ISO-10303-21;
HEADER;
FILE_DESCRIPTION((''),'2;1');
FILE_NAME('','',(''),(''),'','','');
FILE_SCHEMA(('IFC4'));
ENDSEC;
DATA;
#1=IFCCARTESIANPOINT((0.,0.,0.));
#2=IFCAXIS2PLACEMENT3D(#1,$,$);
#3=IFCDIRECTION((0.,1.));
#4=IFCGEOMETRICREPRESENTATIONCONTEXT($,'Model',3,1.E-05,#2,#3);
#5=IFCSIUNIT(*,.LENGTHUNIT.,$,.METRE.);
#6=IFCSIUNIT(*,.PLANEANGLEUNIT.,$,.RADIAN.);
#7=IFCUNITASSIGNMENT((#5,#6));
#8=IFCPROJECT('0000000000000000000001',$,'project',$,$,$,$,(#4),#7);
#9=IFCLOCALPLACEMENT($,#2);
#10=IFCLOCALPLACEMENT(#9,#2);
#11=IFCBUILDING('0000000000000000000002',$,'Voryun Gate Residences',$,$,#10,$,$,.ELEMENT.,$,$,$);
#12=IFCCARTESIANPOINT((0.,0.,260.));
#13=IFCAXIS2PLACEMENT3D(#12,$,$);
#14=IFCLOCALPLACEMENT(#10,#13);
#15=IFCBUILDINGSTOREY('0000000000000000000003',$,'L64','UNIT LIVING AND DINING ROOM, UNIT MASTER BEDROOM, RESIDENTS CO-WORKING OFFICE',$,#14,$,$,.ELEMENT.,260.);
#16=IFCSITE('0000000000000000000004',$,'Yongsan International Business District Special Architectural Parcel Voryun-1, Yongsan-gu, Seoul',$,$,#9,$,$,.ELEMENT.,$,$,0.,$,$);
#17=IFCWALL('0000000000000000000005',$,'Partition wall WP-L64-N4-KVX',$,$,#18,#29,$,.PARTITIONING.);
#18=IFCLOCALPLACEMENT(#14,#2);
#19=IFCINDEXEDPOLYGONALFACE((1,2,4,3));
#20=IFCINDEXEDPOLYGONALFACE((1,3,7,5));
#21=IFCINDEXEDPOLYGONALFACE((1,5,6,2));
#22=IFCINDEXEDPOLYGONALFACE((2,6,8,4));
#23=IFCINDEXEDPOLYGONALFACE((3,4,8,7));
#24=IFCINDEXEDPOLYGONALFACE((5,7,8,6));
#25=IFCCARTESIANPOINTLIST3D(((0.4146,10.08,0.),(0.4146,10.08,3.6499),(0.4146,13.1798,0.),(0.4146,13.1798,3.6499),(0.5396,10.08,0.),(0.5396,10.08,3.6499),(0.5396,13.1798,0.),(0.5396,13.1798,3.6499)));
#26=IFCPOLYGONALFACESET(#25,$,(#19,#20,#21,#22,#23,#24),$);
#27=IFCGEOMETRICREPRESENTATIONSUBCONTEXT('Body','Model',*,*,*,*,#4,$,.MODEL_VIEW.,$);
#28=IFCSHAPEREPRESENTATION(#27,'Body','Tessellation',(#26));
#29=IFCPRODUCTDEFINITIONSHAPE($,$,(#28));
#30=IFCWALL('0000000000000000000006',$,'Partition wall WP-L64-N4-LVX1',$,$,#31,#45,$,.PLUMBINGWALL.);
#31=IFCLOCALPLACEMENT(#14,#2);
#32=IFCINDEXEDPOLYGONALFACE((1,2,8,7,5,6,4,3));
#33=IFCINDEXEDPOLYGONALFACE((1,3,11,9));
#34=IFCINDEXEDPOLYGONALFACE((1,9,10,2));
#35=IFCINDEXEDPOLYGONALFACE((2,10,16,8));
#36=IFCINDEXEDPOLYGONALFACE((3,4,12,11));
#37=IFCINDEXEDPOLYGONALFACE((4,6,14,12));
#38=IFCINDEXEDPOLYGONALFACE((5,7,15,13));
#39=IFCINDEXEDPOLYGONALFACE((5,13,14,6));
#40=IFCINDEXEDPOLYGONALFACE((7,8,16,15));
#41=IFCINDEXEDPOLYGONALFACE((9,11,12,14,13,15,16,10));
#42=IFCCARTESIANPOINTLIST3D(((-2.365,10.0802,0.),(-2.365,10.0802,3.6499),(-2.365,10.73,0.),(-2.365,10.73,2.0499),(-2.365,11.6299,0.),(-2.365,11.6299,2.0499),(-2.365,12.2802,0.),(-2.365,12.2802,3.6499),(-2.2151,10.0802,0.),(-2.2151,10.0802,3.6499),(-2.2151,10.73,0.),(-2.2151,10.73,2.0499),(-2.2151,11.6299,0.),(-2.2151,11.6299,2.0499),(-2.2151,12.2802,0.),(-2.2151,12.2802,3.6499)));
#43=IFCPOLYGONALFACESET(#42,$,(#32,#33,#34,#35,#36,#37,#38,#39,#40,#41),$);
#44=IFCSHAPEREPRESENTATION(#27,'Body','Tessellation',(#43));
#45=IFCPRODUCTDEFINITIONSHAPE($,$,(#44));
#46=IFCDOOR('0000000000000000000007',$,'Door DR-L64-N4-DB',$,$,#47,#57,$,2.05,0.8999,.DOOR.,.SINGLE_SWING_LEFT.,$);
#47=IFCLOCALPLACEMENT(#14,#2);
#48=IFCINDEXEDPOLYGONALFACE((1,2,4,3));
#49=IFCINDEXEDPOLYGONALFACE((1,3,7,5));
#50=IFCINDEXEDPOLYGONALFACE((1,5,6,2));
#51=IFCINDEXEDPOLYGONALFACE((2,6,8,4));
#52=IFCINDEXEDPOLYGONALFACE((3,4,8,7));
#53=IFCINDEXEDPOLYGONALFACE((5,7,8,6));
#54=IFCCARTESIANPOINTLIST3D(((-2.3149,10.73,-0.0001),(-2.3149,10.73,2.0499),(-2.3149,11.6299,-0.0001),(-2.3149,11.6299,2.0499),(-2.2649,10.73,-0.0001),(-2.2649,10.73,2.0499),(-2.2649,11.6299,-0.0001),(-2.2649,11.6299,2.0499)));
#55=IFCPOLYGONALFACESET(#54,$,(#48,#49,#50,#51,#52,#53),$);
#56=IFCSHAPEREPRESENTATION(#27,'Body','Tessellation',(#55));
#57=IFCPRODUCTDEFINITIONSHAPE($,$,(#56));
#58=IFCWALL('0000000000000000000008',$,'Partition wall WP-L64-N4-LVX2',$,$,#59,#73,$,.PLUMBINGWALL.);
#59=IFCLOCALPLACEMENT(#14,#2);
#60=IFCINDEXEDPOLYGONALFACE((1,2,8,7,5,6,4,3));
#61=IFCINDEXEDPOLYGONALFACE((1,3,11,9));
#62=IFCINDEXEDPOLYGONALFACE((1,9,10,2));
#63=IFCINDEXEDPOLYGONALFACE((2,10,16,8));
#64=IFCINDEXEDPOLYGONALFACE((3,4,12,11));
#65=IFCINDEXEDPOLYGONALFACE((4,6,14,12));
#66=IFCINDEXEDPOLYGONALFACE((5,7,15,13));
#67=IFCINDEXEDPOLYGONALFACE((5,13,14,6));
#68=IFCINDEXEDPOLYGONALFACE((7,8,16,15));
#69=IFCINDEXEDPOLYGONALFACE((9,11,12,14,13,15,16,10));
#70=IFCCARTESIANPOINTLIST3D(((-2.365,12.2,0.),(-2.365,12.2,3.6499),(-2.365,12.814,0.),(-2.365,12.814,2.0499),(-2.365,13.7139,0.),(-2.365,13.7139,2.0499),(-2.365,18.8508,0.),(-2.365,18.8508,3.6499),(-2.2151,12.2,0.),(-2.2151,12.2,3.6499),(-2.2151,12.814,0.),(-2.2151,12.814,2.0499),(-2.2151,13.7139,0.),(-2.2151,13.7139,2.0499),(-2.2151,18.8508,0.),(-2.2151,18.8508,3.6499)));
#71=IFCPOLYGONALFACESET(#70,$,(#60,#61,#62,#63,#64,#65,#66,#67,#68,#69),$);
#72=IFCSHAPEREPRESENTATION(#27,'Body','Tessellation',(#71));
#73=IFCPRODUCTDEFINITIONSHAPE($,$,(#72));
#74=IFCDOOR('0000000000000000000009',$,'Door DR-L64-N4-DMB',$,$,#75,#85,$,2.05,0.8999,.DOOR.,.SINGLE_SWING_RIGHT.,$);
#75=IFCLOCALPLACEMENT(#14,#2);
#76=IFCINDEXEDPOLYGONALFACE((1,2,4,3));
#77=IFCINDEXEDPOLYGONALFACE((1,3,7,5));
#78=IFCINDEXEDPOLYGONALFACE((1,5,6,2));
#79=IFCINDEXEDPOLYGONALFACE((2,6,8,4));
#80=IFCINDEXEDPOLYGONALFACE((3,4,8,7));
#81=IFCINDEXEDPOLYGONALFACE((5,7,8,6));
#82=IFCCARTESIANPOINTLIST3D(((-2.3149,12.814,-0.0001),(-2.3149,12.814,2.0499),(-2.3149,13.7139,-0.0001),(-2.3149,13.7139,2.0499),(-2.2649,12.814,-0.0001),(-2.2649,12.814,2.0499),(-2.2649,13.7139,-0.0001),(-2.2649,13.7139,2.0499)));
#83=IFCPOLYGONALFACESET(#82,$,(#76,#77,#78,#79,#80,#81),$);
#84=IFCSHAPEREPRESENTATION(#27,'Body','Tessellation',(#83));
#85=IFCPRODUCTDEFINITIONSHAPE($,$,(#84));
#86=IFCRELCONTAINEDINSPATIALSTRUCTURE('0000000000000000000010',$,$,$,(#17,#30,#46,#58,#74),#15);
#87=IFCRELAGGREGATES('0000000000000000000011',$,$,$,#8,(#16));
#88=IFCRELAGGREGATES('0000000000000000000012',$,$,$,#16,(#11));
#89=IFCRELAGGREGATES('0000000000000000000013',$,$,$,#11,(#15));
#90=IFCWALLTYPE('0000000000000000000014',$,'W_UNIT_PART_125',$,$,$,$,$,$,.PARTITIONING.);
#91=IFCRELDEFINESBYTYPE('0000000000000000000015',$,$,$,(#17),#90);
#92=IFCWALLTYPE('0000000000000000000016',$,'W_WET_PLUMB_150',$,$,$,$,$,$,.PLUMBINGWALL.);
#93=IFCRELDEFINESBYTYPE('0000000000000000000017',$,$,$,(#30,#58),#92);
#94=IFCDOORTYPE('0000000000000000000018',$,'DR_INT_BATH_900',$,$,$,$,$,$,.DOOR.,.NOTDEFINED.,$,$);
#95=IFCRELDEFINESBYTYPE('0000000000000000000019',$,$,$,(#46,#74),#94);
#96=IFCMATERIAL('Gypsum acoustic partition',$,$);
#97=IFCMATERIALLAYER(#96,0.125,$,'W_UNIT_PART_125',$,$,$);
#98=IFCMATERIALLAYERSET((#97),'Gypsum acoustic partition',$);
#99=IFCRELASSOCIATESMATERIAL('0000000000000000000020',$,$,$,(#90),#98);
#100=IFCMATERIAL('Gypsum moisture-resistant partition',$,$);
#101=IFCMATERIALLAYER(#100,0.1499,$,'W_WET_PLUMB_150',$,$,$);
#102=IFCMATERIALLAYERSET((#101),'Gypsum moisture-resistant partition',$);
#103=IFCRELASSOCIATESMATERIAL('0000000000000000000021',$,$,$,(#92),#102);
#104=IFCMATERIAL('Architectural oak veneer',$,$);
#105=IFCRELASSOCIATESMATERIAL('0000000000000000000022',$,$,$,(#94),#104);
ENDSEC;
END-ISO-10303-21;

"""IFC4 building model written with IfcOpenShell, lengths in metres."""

from ifc_helpers import new_model, si_unit, direction, frame, frame_2d, origin, place, context, subcontext, project, spatial, rectangle, extrude, material, layer, layer_set, type_object, element, fill, save


model = new_model("IFC4")

# Units and contexts
model_context = context("Model", 3, precision=1e-05, world=origin(), true_north=direction((0.0, 1.0)))
body_context = subcontext(model_context, "Body", "Model", "MODEL_VIEW")
ifc_project = project(units=[si_unit("LENGTHUNIT", "METRE"), si_unit("PLANEANGLEUNIT", "RADIAN")], contexts=[model_context])

# Site, building, storey
site_placement = place(None, origin())
site = spatial("IfcSite", under=ifc_project, at=site_placement, Name="Yongsan International Business District Special Architectural Parcel Voryun-1, Yongsan-gu, Seoul", CompositionType="ELEMENT", RefElevation=0.0)
building_placement = place(site_placement, origin())
building = spatial("IfcBuilding", under=site, at=building_placement, Name="Voryun Gate Residences", CompositionType="ELEMENT")
storey_placement = place(building_placement, frame((0.0, 0.0, 260.0)))
storey = spatial("IfcBuildingStorey", under=building, at=storey_placement, Name="L64", Description="UNIT LIVING AND DINING ROOM, UNIT MASTER BEDROOM, RESIDENTS CO-WORKING OFFICE", CompositionType="ELEMENT", Elevation=260.0)

# Shared definitions
ifc_material_1 = material(Name="Gypsum acoustic partition")
ifc_layer_1 = layer(ifc_material_1, 0.125, Name="W_UNIT_PART_125")
ifc_layer_set_1 = layer_set([ifc_layer_1], Name="Gypsum acoustic partition")
wall_type_1 = type_object("IfcWallType", Name="W_UNIT_PART_125", PredefinedType="PARTITIONING", material=ifc_layer_set_1)

# Wall
wall_1_placement = place(storey_placement, frame((0.4771, 10.0801, 0.0), z_axis=(0.0, 0.0, 1.0), x_axis=(0.0, 1.0, 0.0)))
element("IfcWall", 1, at=wall_1_placement, inside=storey, type_object=wall_type_1, Name="Partition wall WP-L64-N4-KVX", PredefinedType="PARTITIONING", context=body_context, shape_type="SweptSolid", body=[
    extrude(rectangle(XDim=3.0999, YDim=0.125, at=frame_2d((1.5498, 0.0))), origin(), (0.0, 0.0, 1.0), 3.6499),
])

# Walls, openings, doors
ifc_material_2 = material(Name="Gypsum moisture-resistant partition")
ifc_layer_2 = layer(ifc_material_2, 0.1499, Name="W_WET_PLUMB_150")
ifc_layer_set_2 = layer_set([ifc_layer_2], Name="Gypsum moisture-resistant partition")
wall_type_2 = type_object("IfcWallType", Name="W_WET_PLUMB_150", PredefinedType="PLUMBINGWALL", material=ifc_layer_set_2)
wall_2_placement = place(storey_placement, frame((-2.29, 10.0801, 0.0), z_axis=(0.0, 0.0, 1.0), x_axis=(0.0, 1.0, 0.0)))
wall_2 = element("IfcWall", 2, at=wall_2_placement, inside=storey, type_object=wall_type_2, Name="Partition wall WP-L64-N4-LVX1", PredefinedType="PLUMBINGWALL", context=body_context, shape_type="SweptSolid", body=[
    extrude(rectangle(XDim=2.2, YDim=0.1499, at=frame_2d((1.1001, 0.0))), origin(), (0.0, 0.0, 1.0), 3.6499),
])
opening_1_placement = place(wall_2_placement, frame((0.6499, 0.0, 0.0)))
opening_1 = element("IfcOpeningElement", 3, at=opening_1_placement, cuts=wall_2, PredefinedType="OPENING", context=body_context, shape_type="SweptSolid", body=[
    extrude(rectangle(XDim=0.8999, YDim=2.05, at=frame_2d((0.45, 1.0249))), frame((0.0, 0.085, 0.0), z_axis=(0.0, -1.0, 0.0), x_axis=(1.0, 0.0, 0.0)), (0.0, 0.0, 1.0), 0.1699),
])
ifc_material_3 = material(Name="Architectural oak veneer")
door_type_1 = type_object("IfcDoorType", Name="DR_INT_BATH_900", OperationType="NOTDEFINED", PredefinedType="DOOR", material=ifc_material_3)
door_1_placement = place(opening_1_placement, origin())
door_1 = element("IfcDoor", 4, at=door_1_placement, inside=storey, type_object=door_type_1, Name="Door DR-L64-N4-DB", OperationType="SINGLE_SWING_LEFT", OverallHeight=2.05, OverallWidth=0.8999, PredefinedType="DOOR", context=body_context, shape_type="SweptSolid", body=[
    extrude(rectangle(XDim=0.8999, YDim=2.05, at=frame_2d((0.45, 1.0249))), frame((0.0, 0.0249, 0.0), z_axis=(0.0, -1.0, 0.0), x_axis=(1.0, 0.0, 0.0)), (0.0, 0.0, 1.0), 0.05),
])
fill(opening_1, door_1)
wall_3_placement = place(storey_placement, frame((-2.29, 12.2, 0.0), z_axis=(0.0, 0.0, 1.0), x_axis=(0.0, 1.0, 0.0)))
wall_3 = element("IfcWall", 5, at=wall_3_placement, inside=storey, type_object=wall_type_2, Name="Partition wall WP-L64-N4-LVX2", PredefinedType="PLUMBINGWALL", context=body_context, shape_type="SweptSolid", body=[
    extrude(rectangle(XDim=6.6509, YDim=0.1499, at=frame_2d((3.3254, 0.0))), origin(), (0.0, 0.0, 1.0), 3.6499),
])
opening_2_placement = place(wall_3_placement, frame((0.614, 0.0, 0.0)))
opening_2 = element("IfcOpeningElement", 6, at=opening_2_placement, cuts=wall_3, PredefinedType="OPENING", context=body_context, shape_type="SweptSolid", body=[
    extrude(rectangle(XDim=0.8999, YDim=2.05, at=frame_2d((0.45, 1.0249))), frame((0.0, 0.085, 0.0), z_axis=(0.0, -1.0, 0.0), x_axis=(1.0, 0.0, 0.0)), (0.0, 0.0, 1.0), 0.1699),
])
door_2_placement = place(opening_2_placement, origin())
door_2 = element("IfcDoor", 7, at=door_2_placement, inside=storey, type_object=door_type_1, Name="Door DR-L64-N4-DMB", OperationType="SINGLE_SWING_RIGHT", OverallHeight=2.05, OverallWidth=0.8999, PredefinedType="DOOR", context=body_context, shape_type="SweptSolid", body=[
    extrude(rectangle(XDim=0.8999, YDim=2.05, at=frame_2d((0.45, 1.0249))), frame((0.0, 0.0249, 0.0), z_axis=(0.0, -1.0, 0.0), x_axis=(1.0, 0.0, 0.0)), (0.0, 0.0, 1.0), 0.05),
])
fill(opening_2, door_2)

save(model, "model.ifc")
